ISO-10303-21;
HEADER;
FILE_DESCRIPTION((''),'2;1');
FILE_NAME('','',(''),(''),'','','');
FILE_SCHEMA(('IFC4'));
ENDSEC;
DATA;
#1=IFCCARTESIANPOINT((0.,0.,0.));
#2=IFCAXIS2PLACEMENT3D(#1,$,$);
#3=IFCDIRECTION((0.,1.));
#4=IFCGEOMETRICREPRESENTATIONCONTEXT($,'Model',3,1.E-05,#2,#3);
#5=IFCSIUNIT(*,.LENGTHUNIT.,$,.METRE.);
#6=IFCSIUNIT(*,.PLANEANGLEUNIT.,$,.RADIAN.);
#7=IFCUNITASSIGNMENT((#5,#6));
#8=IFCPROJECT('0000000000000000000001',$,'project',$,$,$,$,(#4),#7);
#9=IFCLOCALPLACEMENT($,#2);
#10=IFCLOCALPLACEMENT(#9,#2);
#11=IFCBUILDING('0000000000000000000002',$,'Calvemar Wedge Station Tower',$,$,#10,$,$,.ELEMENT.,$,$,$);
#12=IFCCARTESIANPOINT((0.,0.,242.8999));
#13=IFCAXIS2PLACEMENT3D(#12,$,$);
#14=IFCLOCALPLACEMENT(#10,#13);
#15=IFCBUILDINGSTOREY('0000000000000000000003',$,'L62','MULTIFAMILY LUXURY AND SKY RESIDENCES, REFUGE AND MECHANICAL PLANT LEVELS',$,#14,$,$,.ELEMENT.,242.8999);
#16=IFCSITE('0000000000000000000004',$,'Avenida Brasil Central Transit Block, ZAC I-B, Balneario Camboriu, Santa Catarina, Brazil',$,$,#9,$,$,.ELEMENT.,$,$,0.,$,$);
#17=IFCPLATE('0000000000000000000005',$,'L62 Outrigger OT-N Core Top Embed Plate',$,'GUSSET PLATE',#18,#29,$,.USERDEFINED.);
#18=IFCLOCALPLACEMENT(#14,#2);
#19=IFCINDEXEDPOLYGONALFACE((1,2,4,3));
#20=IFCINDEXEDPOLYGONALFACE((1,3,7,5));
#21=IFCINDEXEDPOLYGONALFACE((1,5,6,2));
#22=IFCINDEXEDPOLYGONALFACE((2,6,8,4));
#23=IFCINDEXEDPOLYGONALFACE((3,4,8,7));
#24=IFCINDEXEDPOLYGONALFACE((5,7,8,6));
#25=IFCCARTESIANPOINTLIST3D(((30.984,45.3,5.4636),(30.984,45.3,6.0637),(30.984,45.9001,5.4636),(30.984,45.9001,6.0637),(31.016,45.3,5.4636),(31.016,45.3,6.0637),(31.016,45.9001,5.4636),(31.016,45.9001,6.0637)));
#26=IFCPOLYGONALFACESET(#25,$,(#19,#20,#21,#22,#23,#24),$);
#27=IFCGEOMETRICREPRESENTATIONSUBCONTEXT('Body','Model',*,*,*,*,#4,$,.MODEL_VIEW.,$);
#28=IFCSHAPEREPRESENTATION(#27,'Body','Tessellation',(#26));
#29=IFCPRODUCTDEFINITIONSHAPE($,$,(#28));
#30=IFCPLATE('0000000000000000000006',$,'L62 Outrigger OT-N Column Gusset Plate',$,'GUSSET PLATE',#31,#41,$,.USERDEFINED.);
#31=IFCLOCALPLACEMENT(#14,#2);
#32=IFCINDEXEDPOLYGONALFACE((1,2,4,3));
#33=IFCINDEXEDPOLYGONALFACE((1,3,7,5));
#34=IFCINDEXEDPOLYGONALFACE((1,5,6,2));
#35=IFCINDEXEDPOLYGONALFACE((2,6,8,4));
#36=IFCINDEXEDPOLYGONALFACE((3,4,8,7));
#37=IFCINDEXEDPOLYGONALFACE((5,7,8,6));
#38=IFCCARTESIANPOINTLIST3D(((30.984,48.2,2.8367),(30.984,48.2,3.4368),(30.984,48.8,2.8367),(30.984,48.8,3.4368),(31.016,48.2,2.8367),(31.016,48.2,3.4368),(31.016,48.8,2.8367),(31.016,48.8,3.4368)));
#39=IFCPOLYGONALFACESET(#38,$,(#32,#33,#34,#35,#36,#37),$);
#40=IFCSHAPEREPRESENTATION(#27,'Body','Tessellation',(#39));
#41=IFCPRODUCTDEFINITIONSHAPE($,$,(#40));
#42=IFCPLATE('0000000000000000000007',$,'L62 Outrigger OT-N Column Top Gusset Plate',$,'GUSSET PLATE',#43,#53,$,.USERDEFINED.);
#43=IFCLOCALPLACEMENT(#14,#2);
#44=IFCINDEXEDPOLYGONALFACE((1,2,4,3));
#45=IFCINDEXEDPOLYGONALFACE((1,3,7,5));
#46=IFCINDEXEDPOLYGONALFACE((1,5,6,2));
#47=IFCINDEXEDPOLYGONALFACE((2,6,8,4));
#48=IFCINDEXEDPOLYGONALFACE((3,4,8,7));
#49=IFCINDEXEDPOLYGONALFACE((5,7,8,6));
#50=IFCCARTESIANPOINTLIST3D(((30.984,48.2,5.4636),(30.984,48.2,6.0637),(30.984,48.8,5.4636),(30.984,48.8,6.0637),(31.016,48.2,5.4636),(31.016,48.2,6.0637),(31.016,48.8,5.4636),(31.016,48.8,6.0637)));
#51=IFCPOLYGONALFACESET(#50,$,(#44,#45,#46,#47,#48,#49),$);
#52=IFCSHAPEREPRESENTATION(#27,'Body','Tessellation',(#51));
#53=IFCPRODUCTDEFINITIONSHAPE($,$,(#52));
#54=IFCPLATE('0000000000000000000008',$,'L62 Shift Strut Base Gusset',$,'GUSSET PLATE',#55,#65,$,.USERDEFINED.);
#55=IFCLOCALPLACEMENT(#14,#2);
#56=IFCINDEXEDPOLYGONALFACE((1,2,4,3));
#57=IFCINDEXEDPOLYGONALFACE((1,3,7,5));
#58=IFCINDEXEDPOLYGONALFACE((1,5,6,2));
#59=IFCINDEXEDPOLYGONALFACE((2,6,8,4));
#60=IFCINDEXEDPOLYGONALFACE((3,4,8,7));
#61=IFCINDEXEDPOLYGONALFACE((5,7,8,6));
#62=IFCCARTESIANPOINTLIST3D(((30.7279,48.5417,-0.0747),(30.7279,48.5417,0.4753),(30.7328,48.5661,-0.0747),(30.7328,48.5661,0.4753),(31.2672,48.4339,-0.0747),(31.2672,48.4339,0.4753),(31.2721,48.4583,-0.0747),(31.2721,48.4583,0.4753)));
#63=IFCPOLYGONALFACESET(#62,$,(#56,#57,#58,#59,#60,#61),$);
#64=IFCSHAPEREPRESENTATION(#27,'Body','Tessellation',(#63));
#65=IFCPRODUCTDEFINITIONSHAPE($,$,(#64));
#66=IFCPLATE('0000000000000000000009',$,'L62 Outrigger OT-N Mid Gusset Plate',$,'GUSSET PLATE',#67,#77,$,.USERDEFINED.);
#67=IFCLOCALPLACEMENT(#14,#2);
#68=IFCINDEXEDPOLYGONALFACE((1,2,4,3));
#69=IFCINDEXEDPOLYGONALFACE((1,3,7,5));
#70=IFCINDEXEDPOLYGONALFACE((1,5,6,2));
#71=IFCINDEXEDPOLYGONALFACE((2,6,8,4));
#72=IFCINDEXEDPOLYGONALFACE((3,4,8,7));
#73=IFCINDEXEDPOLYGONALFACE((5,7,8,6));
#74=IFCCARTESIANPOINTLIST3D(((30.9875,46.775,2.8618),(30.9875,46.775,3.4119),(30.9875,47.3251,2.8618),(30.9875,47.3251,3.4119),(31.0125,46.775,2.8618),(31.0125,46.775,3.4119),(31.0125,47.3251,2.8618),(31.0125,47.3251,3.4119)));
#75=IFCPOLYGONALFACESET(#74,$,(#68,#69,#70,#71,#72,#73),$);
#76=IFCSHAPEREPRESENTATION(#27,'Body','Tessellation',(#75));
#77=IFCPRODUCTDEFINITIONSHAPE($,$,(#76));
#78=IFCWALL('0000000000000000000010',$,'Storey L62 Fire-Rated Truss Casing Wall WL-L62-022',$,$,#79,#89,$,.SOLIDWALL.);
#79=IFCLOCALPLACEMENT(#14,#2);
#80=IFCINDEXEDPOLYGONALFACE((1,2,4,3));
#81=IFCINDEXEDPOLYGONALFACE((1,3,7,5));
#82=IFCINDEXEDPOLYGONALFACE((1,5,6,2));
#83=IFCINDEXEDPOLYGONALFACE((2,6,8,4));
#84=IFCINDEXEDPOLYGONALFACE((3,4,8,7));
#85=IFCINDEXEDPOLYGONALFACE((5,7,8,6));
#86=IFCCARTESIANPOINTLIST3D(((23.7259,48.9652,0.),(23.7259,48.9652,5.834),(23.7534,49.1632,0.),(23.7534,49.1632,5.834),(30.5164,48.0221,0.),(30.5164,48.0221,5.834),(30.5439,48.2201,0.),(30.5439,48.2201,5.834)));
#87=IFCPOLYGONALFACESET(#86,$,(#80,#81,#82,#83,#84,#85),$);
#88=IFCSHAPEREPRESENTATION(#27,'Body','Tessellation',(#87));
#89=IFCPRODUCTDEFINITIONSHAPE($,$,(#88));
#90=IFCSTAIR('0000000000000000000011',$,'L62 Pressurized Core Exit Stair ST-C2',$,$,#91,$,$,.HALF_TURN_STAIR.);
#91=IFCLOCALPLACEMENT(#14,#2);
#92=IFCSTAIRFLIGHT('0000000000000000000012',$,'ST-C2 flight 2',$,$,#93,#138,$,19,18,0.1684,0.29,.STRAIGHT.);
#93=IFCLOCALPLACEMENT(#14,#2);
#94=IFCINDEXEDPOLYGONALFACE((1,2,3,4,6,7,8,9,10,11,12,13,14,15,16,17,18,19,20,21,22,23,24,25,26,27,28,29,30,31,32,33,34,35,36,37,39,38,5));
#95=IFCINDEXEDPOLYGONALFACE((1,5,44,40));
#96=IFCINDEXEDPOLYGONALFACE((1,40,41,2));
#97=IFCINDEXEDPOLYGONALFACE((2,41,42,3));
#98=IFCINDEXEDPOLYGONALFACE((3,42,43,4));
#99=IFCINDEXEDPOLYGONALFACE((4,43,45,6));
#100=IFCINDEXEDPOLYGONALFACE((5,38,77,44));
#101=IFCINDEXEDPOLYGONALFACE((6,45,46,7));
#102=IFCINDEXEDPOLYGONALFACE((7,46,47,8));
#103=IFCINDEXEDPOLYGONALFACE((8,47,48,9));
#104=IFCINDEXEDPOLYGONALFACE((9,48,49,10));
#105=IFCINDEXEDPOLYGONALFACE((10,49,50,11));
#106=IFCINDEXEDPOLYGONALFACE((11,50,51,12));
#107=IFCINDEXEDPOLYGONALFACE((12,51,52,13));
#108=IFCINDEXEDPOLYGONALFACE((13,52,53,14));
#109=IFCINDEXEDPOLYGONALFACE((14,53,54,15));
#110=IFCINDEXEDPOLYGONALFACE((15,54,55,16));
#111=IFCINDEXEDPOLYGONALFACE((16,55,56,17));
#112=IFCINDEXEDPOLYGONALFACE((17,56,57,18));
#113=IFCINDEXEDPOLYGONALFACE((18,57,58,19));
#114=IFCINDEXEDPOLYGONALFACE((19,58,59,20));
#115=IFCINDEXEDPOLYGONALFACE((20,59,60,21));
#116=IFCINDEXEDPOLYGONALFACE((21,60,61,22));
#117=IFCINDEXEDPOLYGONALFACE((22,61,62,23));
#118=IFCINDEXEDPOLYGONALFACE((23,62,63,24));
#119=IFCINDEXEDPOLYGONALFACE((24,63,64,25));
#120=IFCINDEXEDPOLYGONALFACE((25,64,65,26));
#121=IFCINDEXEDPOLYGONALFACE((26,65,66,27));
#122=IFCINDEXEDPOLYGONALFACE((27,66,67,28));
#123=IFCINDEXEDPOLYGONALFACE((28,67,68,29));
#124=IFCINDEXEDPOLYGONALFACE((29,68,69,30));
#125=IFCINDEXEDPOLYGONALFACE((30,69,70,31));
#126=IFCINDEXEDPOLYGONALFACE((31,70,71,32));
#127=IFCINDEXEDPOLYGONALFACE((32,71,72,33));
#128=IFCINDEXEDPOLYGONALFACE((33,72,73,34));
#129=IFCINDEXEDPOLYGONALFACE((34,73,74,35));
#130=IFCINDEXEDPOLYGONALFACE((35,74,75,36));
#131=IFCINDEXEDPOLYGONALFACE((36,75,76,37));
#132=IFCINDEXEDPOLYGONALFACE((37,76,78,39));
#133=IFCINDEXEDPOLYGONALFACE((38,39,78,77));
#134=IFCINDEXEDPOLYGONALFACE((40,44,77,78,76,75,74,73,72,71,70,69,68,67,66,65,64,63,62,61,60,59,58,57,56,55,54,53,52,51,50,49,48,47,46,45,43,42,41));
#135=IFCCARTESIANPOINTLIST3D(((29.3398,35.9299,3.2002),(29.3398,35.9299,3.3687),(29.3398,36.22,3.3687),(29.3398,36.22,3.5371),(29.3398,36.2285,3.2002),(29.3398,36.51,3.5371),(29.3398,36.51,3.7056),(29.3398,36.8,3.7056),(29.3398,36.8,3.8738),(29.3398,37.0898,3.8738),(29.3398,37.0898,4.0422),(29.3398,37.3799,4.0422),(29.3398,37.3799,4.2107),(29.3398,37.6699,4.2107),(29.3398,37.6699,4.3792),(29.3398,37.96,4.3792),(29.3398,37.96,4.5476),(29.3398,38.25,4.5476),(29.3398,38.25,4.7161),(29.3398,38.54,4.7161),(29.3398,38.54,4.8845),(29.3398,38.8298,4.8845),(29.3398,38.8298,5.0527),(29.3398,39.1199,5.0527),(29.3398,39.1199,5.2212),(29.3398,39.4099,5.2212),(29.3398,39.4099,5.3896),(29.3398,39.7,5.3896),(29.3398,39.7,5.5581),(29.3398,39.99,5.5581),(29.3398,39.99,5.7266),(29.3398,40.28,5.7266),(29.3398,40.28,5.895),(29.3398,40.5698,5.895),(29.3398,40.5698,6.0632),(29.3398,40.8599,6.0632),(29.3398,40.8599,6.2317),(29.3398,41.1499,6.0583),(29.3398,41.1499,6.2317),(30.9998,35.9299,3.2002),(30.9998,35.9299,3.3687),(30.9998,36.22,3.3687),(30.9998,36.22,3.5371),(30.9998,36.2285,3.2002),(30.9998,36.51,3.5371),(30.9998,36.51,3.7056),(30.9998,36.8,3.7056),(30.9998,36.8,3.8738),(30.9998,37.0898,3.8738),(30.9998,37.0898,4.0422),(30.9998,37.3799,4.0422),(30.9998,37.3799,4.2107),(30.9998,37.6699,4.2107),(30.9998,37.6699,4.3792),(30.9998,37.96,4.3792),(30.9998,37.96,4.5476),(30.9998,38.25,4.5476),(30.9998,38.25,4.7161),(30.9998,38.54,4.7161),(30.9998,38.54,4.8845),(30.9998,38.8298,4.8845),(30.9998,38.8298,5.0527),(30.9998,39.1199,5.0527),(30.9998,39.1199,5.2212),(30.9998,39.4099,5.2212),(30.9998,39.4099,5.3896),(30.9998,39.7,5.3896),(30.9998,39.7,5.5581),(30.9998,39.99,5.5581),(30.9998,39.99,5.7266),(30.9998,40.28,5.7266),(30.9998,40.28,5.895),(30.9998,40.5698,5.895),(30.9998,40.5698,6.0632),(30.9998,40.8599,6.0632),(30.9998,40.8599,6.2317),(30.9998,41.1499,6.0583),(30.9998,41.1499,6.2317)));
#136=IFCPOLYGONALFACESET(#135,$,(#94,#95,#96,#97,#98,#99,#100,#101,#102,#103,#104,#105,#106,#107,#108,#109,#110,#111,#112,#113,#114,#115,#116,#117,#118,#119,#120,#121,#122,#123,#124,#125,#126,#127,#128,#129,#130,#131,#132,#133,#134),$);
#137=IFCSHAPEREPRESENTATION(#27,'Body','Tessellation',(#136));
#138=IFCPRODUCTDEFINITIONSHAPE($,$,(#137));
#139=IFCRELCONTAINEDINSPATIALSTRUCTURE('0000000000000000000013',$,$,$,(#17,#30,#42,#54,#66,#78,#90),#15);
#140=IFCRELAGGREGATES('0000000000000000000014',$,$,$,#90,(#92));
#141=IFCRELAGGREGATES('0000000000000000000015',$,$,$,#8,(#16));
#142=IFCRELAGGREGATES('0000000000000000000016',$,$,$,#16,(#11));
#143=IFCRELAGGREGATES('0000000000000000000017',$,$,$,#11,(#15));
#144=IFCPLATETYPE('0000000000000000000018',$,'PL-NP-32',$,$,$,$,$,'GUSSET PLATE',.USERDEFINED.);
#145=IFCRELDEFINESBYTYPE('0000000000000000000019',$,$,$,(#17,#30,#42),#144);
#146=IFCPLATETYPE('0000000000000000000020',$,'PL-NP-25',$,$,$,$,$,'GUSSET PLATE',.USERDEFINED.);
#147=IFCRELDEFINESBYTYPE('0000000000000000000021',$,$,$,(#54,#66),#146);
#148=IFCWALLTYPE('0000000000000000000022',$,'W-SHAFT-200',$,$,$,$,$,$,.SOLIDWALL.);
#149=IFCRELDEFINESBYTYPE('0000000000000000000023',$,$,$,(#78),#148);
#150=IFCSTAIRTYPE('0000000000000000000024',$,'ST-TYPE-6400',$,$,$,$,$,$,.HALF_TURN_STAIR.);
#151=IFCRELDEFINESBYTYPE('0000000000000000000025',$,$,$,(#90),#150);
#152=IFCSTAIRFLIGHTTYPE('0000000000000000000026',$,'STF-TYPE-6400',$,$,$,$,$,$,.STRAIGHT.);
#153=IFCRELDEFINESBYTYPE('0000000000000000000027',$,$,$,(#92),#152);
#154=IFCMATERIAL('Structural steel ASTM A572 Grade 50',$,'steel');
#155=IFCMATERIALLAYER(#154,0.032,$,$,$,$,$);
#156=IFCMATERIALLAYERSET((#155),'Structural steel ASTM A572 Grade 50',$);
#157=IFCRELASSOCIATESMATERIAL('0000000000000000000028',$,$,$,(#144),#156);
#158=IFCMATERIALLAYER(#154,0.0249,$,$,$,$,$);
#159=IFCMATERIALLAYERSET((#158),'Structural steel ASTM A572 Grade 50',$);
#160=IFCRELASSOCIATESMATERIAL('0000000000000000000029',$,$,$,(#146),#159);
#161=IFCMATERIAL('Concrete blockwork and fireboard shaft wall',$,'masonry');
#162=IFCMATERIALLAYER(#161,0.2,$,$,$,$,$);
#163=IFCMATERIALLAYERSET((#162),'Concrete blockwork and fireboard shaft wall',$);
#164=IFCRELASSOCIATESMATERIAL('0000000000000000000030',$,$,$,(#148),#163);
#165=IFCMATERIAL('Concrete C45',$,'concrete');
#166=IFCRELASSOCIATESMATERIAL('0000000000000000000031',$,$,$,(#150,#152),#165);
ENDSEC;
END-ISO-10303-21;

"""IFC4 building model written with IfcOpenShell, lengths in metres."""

from ifc_helpers import new_model, si_unit, direction, frame, frame_2d, origin, origin_2d, place, context, subcontext, project, spatial, polyline, rectangle, outline, extrude, source, transform, mapped, material, layer, layer_set, type_object, element, aggregate, save


model = new_model("IFC4")

# Units and contexts
model_context = context("Model", 3, precision=1e-05, world=origin(), true_north=direction((0.0, 1.0)))
body_context = subcontext(model_context, "Body", "Model", "MODEL_VIEW")
ifc_project = project(units=[si_unit("LENGTHUNIT", "METRE"), si_unit("PLANEANGLEUNIT", "RADIAN")], contexts=[model_context])

# Site, building, storey
site_placement = place(None, origin())
site = spatial("IfcSite", under=ifc_project, at=site_placement, Name="Avenida Brasil Central Transit Block, ZAC I-B, Balneario Camboriu, Santa Catarina, Brazil", CompositionType="ELEMENT", RefElevation=0.0)
building_placement = place(site_placement, origin())
building = spatial("IfcBuilding", under=site, at=building_placement, Name="Calvemar Wedge Station Tower", CompositionType="ELEMENT")
storey_placement = place(building_placement, frame((0.0, 0.0, 242.8999)))
storey = spatial("IfcBuildingStorey", under=building, at=storey_placement, Name="L62", Description="MULTIFAMILY LUXURY AND SKY RESIDENCES, REFUGE AND MECHANICAL PLANT LEVELS", CompositionType="ELEMENT", Elevation=242.8999)

# Shared definitions
ifc_material_1 = material(Name="Structural steel ASTM A572 Grade 50", Category="steel")

# Plates
ifc_layer_1 = layer(ifc_material_1, 0.032)
ifc_layer_set_1 = layer_set([ifc_layer_1], Name="Structural steel ASTM A572 Grade 50")
plate_type_1 = type_object("IfcPlateType", Name="PL-NP-32", ElementType="GUSSET PLATE", PredefinedType="USERDEFINED", material=ifc_layer_set_1)
shared_shape_1 = source(origin(), body_context, "Body", "SweptSolid", [
    extrude(rectangle(XDim=0.6001, YDim=0.032, at=origin_2d()), origin(), (0.0, 0.0, 1.0), 0.6001),
])
for number, where, z_axis, x_axis, name in (
    (1, (31.0, 45.6001, 5.4636), (0.0, 0.0, 1.0), (0.0, 1.0, 0.0), "L62 Outrigger OT-N Core Top Embed Plate"),
    (2, (31.0, 48.5, 2.8367), (0.0, 0.0, 1.0), (0.0, 1.0, 0.0), "L62 Outrigger OT-N Column Gusset Plate"),
    (3, (31.0, 48.5, 5.4636), (0.0, 0.0, 1.0), (0.0, 1.0, 0.0), "L62 Outrigger OT-N Column Top Gusset Plate"),
):
    element("IfcPlate", number, at=place(storey_placement, frame(where, z_axis=z_axis, x_axis=x_axis)), inside=storey, type_object=plate_type_1, Name=name, ObjectType="GUSSET PLATE", PredefinedType="USERDEFINED", context=body_context, shape_type="MappedRepresentation", body=[
        mapped(shared_shape_1, transform((0.0, 0.0, 0.0), scale=1.0)),
    ])
ifc_layer_2 = layer(ifc_material_1, 0.0249)
ifc_layer_set_2 = layer_set([ifc_layer_2], Name="Structural steel ASTM A572 Grade 50")
plate_type_2 = type_object("IfcPlateType", Name="PL-NP-25", ElementType="GUSSET PLATE", PredefinedType="USERDEFINED", material=ifc_layer_set_2)
shared_shape_2 = source(origin(), body_context, "Body", "SweptSolid", [
    extrude(rectangle(XDim=0.55, YDim=0.0249, at=origin_2d()), origin(), (0.0, 0.0, 1.0), 0.55),
])
for number, where, z_axis, x_axis, name in (
    (4, (31.0, 48.5, -0.0747), (0.0, 0.0, 1.0), (0.98058, -0.196117, 0.0), "L62 Shift Strut Base Gusset"),
    (5, (31.0, 47.05, 2.8618), (0.0, 0.0, 1.0), (0.0, 1.0, 0.0), "L62 Outrigger OT-N Mid Gusset Plate"),
):
    element("IfcPlate", number, at=place(storey_placement, frame(where, z_axis=z_axis, x_axis=x_axis)), inside=storey, type_object=plate_type_2, Name=name, ObjectType="GUSSET PLATE", PredefinedType="USERDEFINED", context=body_context, shape_type="MappedRepresentation", body=[
        mapped(shared_shape_2, transform((0.0, 0.0, 0.0), scale=1.0)),
    ])

# Wall
ifc_material_2 = material(Name="Concrete blockwork and fireboard shaft wall", Category="masonry")
ifc_layer_3 = layer(ifc_material_2, 0.2)
ifc_layer_set_3 = layer_set([ifc_layer_3], Name="Concrete blockwork and fireboard shaft wall")
wall_type = type_object("IfcWallType", Name="W-SHAFT-200", PredefinedType="SOLIDWALL", material=ifc_layer_set_3)
wall_placement = place(storey_placement, frame((30.53, 48.1211, 0.0), z_axis=(0.0, 0.0, 1.0), x_axis=(-0.990493, 0.137566, 0.0)))
element("IfcWall", 6, at=wall_placement, inside=storey, type_object=wall_type, Name="Storey L62 Fire-Rated Truss Casing Wall WL-L62-022", PredefinedType="SOLIDWALL", context=body_context, shape_type="SweptSolid", body=[
    extrude(rectangle(XDim=6.8557, YDim=0.2, at=frame_2d((3.4277, 0.0))), origin(), (0.0, 0.0, 1.0), 5.834),
])

# Stair, stair flight
ifc_material_3 = material(Name="Concrete C45", Category="concrete")
stair_type = type_object("IfcStairType", Name="ST-TYPE-6400", PredefinedType="HALF_TURN_STAIR", material=ifc_material_3)
stair_placement = place(storey_placement, origin())
stair = element("IfcStair", 7, at=stair_placement, inside=storey, type_object=stair_type, Name="L62 Pressurized Core Exit Stair ST-C2", PredefinedType="HALF_TURN_STAIR")
stair_flight_type = type_object("IfcStairFlightType", Name="STF-TYPE-6400", PredefinedType="STRAIGHT", material=ifc_material_3)
stair_flight_placement = place(storey_placement, frame((30.1699, 35.9299, 3.2002), z_axis=(0.0, 0.0, 1.0), x_axis=(0.0, 1.0, 0.0)))
stair_flight = element("IfcStairFlight", 8, at=stair_flight_placement, type_object=stair_flight_type, Name="ST-C2 flight 2", NumberOfRisers=19, NumberOfTreads=18, PredefinedType="STRAIGHT", RiserHeight=0.1684, TreadLength=0.29, context=body_context, shape_type="SweptSolid", body=[
    extrude(outline(polyline([(0.0, 0.0), (0.0, 0.1685), (0.29, 0.1685), (0.29, 0.3369), (0.5801, 0.3369), (0.5801, 0.5054), (0.8701, 0.5054), (0.8701, 0.6736), (1.1599, 0.6736), (1.1599, 0.842), (1.45, 0.842), (1.45, 1.0105), (1.74, 1.0105), (1.74, 1.179), (2.03, 1.179), (2.03, 1.3474), (2.3201, 1.3474), (2.3201, 1.5159), (2.6101, 1.5159), (2.6101, 1.6843), (2.8999, 1.6843), (2.8999, 1.8525), (3.1899, 1.8525), (3.1899, 2.021), (3.48, 2.021), (3.48, 2.1895), (3.77, 2.1895), (3.77, 2.3579), (4.0601, 2.3579), (4.0601, 2.5264), (4.3501, 2.5264), (4.3501, 2.6948), (4.6399, 2.6948), (4.6399, 2.863), (4.9299, 2.863), (4.9299, 3.0315), (5.22, 3.0315), (5.22, 3.2), (5.22, 2.8582), (0.2986, 0.0), (0.0, 0.0)])), frame((0.0, 0.8301, 0.0), z_axis=(0.0, -1.0, 0.0), x_axis=(1.0, 0.0, 0.0)), (0.0, 0.0, 1.0), 1.6599),
])
aggregate(stair, [stair_flight])

save(model, "model.ifc")
